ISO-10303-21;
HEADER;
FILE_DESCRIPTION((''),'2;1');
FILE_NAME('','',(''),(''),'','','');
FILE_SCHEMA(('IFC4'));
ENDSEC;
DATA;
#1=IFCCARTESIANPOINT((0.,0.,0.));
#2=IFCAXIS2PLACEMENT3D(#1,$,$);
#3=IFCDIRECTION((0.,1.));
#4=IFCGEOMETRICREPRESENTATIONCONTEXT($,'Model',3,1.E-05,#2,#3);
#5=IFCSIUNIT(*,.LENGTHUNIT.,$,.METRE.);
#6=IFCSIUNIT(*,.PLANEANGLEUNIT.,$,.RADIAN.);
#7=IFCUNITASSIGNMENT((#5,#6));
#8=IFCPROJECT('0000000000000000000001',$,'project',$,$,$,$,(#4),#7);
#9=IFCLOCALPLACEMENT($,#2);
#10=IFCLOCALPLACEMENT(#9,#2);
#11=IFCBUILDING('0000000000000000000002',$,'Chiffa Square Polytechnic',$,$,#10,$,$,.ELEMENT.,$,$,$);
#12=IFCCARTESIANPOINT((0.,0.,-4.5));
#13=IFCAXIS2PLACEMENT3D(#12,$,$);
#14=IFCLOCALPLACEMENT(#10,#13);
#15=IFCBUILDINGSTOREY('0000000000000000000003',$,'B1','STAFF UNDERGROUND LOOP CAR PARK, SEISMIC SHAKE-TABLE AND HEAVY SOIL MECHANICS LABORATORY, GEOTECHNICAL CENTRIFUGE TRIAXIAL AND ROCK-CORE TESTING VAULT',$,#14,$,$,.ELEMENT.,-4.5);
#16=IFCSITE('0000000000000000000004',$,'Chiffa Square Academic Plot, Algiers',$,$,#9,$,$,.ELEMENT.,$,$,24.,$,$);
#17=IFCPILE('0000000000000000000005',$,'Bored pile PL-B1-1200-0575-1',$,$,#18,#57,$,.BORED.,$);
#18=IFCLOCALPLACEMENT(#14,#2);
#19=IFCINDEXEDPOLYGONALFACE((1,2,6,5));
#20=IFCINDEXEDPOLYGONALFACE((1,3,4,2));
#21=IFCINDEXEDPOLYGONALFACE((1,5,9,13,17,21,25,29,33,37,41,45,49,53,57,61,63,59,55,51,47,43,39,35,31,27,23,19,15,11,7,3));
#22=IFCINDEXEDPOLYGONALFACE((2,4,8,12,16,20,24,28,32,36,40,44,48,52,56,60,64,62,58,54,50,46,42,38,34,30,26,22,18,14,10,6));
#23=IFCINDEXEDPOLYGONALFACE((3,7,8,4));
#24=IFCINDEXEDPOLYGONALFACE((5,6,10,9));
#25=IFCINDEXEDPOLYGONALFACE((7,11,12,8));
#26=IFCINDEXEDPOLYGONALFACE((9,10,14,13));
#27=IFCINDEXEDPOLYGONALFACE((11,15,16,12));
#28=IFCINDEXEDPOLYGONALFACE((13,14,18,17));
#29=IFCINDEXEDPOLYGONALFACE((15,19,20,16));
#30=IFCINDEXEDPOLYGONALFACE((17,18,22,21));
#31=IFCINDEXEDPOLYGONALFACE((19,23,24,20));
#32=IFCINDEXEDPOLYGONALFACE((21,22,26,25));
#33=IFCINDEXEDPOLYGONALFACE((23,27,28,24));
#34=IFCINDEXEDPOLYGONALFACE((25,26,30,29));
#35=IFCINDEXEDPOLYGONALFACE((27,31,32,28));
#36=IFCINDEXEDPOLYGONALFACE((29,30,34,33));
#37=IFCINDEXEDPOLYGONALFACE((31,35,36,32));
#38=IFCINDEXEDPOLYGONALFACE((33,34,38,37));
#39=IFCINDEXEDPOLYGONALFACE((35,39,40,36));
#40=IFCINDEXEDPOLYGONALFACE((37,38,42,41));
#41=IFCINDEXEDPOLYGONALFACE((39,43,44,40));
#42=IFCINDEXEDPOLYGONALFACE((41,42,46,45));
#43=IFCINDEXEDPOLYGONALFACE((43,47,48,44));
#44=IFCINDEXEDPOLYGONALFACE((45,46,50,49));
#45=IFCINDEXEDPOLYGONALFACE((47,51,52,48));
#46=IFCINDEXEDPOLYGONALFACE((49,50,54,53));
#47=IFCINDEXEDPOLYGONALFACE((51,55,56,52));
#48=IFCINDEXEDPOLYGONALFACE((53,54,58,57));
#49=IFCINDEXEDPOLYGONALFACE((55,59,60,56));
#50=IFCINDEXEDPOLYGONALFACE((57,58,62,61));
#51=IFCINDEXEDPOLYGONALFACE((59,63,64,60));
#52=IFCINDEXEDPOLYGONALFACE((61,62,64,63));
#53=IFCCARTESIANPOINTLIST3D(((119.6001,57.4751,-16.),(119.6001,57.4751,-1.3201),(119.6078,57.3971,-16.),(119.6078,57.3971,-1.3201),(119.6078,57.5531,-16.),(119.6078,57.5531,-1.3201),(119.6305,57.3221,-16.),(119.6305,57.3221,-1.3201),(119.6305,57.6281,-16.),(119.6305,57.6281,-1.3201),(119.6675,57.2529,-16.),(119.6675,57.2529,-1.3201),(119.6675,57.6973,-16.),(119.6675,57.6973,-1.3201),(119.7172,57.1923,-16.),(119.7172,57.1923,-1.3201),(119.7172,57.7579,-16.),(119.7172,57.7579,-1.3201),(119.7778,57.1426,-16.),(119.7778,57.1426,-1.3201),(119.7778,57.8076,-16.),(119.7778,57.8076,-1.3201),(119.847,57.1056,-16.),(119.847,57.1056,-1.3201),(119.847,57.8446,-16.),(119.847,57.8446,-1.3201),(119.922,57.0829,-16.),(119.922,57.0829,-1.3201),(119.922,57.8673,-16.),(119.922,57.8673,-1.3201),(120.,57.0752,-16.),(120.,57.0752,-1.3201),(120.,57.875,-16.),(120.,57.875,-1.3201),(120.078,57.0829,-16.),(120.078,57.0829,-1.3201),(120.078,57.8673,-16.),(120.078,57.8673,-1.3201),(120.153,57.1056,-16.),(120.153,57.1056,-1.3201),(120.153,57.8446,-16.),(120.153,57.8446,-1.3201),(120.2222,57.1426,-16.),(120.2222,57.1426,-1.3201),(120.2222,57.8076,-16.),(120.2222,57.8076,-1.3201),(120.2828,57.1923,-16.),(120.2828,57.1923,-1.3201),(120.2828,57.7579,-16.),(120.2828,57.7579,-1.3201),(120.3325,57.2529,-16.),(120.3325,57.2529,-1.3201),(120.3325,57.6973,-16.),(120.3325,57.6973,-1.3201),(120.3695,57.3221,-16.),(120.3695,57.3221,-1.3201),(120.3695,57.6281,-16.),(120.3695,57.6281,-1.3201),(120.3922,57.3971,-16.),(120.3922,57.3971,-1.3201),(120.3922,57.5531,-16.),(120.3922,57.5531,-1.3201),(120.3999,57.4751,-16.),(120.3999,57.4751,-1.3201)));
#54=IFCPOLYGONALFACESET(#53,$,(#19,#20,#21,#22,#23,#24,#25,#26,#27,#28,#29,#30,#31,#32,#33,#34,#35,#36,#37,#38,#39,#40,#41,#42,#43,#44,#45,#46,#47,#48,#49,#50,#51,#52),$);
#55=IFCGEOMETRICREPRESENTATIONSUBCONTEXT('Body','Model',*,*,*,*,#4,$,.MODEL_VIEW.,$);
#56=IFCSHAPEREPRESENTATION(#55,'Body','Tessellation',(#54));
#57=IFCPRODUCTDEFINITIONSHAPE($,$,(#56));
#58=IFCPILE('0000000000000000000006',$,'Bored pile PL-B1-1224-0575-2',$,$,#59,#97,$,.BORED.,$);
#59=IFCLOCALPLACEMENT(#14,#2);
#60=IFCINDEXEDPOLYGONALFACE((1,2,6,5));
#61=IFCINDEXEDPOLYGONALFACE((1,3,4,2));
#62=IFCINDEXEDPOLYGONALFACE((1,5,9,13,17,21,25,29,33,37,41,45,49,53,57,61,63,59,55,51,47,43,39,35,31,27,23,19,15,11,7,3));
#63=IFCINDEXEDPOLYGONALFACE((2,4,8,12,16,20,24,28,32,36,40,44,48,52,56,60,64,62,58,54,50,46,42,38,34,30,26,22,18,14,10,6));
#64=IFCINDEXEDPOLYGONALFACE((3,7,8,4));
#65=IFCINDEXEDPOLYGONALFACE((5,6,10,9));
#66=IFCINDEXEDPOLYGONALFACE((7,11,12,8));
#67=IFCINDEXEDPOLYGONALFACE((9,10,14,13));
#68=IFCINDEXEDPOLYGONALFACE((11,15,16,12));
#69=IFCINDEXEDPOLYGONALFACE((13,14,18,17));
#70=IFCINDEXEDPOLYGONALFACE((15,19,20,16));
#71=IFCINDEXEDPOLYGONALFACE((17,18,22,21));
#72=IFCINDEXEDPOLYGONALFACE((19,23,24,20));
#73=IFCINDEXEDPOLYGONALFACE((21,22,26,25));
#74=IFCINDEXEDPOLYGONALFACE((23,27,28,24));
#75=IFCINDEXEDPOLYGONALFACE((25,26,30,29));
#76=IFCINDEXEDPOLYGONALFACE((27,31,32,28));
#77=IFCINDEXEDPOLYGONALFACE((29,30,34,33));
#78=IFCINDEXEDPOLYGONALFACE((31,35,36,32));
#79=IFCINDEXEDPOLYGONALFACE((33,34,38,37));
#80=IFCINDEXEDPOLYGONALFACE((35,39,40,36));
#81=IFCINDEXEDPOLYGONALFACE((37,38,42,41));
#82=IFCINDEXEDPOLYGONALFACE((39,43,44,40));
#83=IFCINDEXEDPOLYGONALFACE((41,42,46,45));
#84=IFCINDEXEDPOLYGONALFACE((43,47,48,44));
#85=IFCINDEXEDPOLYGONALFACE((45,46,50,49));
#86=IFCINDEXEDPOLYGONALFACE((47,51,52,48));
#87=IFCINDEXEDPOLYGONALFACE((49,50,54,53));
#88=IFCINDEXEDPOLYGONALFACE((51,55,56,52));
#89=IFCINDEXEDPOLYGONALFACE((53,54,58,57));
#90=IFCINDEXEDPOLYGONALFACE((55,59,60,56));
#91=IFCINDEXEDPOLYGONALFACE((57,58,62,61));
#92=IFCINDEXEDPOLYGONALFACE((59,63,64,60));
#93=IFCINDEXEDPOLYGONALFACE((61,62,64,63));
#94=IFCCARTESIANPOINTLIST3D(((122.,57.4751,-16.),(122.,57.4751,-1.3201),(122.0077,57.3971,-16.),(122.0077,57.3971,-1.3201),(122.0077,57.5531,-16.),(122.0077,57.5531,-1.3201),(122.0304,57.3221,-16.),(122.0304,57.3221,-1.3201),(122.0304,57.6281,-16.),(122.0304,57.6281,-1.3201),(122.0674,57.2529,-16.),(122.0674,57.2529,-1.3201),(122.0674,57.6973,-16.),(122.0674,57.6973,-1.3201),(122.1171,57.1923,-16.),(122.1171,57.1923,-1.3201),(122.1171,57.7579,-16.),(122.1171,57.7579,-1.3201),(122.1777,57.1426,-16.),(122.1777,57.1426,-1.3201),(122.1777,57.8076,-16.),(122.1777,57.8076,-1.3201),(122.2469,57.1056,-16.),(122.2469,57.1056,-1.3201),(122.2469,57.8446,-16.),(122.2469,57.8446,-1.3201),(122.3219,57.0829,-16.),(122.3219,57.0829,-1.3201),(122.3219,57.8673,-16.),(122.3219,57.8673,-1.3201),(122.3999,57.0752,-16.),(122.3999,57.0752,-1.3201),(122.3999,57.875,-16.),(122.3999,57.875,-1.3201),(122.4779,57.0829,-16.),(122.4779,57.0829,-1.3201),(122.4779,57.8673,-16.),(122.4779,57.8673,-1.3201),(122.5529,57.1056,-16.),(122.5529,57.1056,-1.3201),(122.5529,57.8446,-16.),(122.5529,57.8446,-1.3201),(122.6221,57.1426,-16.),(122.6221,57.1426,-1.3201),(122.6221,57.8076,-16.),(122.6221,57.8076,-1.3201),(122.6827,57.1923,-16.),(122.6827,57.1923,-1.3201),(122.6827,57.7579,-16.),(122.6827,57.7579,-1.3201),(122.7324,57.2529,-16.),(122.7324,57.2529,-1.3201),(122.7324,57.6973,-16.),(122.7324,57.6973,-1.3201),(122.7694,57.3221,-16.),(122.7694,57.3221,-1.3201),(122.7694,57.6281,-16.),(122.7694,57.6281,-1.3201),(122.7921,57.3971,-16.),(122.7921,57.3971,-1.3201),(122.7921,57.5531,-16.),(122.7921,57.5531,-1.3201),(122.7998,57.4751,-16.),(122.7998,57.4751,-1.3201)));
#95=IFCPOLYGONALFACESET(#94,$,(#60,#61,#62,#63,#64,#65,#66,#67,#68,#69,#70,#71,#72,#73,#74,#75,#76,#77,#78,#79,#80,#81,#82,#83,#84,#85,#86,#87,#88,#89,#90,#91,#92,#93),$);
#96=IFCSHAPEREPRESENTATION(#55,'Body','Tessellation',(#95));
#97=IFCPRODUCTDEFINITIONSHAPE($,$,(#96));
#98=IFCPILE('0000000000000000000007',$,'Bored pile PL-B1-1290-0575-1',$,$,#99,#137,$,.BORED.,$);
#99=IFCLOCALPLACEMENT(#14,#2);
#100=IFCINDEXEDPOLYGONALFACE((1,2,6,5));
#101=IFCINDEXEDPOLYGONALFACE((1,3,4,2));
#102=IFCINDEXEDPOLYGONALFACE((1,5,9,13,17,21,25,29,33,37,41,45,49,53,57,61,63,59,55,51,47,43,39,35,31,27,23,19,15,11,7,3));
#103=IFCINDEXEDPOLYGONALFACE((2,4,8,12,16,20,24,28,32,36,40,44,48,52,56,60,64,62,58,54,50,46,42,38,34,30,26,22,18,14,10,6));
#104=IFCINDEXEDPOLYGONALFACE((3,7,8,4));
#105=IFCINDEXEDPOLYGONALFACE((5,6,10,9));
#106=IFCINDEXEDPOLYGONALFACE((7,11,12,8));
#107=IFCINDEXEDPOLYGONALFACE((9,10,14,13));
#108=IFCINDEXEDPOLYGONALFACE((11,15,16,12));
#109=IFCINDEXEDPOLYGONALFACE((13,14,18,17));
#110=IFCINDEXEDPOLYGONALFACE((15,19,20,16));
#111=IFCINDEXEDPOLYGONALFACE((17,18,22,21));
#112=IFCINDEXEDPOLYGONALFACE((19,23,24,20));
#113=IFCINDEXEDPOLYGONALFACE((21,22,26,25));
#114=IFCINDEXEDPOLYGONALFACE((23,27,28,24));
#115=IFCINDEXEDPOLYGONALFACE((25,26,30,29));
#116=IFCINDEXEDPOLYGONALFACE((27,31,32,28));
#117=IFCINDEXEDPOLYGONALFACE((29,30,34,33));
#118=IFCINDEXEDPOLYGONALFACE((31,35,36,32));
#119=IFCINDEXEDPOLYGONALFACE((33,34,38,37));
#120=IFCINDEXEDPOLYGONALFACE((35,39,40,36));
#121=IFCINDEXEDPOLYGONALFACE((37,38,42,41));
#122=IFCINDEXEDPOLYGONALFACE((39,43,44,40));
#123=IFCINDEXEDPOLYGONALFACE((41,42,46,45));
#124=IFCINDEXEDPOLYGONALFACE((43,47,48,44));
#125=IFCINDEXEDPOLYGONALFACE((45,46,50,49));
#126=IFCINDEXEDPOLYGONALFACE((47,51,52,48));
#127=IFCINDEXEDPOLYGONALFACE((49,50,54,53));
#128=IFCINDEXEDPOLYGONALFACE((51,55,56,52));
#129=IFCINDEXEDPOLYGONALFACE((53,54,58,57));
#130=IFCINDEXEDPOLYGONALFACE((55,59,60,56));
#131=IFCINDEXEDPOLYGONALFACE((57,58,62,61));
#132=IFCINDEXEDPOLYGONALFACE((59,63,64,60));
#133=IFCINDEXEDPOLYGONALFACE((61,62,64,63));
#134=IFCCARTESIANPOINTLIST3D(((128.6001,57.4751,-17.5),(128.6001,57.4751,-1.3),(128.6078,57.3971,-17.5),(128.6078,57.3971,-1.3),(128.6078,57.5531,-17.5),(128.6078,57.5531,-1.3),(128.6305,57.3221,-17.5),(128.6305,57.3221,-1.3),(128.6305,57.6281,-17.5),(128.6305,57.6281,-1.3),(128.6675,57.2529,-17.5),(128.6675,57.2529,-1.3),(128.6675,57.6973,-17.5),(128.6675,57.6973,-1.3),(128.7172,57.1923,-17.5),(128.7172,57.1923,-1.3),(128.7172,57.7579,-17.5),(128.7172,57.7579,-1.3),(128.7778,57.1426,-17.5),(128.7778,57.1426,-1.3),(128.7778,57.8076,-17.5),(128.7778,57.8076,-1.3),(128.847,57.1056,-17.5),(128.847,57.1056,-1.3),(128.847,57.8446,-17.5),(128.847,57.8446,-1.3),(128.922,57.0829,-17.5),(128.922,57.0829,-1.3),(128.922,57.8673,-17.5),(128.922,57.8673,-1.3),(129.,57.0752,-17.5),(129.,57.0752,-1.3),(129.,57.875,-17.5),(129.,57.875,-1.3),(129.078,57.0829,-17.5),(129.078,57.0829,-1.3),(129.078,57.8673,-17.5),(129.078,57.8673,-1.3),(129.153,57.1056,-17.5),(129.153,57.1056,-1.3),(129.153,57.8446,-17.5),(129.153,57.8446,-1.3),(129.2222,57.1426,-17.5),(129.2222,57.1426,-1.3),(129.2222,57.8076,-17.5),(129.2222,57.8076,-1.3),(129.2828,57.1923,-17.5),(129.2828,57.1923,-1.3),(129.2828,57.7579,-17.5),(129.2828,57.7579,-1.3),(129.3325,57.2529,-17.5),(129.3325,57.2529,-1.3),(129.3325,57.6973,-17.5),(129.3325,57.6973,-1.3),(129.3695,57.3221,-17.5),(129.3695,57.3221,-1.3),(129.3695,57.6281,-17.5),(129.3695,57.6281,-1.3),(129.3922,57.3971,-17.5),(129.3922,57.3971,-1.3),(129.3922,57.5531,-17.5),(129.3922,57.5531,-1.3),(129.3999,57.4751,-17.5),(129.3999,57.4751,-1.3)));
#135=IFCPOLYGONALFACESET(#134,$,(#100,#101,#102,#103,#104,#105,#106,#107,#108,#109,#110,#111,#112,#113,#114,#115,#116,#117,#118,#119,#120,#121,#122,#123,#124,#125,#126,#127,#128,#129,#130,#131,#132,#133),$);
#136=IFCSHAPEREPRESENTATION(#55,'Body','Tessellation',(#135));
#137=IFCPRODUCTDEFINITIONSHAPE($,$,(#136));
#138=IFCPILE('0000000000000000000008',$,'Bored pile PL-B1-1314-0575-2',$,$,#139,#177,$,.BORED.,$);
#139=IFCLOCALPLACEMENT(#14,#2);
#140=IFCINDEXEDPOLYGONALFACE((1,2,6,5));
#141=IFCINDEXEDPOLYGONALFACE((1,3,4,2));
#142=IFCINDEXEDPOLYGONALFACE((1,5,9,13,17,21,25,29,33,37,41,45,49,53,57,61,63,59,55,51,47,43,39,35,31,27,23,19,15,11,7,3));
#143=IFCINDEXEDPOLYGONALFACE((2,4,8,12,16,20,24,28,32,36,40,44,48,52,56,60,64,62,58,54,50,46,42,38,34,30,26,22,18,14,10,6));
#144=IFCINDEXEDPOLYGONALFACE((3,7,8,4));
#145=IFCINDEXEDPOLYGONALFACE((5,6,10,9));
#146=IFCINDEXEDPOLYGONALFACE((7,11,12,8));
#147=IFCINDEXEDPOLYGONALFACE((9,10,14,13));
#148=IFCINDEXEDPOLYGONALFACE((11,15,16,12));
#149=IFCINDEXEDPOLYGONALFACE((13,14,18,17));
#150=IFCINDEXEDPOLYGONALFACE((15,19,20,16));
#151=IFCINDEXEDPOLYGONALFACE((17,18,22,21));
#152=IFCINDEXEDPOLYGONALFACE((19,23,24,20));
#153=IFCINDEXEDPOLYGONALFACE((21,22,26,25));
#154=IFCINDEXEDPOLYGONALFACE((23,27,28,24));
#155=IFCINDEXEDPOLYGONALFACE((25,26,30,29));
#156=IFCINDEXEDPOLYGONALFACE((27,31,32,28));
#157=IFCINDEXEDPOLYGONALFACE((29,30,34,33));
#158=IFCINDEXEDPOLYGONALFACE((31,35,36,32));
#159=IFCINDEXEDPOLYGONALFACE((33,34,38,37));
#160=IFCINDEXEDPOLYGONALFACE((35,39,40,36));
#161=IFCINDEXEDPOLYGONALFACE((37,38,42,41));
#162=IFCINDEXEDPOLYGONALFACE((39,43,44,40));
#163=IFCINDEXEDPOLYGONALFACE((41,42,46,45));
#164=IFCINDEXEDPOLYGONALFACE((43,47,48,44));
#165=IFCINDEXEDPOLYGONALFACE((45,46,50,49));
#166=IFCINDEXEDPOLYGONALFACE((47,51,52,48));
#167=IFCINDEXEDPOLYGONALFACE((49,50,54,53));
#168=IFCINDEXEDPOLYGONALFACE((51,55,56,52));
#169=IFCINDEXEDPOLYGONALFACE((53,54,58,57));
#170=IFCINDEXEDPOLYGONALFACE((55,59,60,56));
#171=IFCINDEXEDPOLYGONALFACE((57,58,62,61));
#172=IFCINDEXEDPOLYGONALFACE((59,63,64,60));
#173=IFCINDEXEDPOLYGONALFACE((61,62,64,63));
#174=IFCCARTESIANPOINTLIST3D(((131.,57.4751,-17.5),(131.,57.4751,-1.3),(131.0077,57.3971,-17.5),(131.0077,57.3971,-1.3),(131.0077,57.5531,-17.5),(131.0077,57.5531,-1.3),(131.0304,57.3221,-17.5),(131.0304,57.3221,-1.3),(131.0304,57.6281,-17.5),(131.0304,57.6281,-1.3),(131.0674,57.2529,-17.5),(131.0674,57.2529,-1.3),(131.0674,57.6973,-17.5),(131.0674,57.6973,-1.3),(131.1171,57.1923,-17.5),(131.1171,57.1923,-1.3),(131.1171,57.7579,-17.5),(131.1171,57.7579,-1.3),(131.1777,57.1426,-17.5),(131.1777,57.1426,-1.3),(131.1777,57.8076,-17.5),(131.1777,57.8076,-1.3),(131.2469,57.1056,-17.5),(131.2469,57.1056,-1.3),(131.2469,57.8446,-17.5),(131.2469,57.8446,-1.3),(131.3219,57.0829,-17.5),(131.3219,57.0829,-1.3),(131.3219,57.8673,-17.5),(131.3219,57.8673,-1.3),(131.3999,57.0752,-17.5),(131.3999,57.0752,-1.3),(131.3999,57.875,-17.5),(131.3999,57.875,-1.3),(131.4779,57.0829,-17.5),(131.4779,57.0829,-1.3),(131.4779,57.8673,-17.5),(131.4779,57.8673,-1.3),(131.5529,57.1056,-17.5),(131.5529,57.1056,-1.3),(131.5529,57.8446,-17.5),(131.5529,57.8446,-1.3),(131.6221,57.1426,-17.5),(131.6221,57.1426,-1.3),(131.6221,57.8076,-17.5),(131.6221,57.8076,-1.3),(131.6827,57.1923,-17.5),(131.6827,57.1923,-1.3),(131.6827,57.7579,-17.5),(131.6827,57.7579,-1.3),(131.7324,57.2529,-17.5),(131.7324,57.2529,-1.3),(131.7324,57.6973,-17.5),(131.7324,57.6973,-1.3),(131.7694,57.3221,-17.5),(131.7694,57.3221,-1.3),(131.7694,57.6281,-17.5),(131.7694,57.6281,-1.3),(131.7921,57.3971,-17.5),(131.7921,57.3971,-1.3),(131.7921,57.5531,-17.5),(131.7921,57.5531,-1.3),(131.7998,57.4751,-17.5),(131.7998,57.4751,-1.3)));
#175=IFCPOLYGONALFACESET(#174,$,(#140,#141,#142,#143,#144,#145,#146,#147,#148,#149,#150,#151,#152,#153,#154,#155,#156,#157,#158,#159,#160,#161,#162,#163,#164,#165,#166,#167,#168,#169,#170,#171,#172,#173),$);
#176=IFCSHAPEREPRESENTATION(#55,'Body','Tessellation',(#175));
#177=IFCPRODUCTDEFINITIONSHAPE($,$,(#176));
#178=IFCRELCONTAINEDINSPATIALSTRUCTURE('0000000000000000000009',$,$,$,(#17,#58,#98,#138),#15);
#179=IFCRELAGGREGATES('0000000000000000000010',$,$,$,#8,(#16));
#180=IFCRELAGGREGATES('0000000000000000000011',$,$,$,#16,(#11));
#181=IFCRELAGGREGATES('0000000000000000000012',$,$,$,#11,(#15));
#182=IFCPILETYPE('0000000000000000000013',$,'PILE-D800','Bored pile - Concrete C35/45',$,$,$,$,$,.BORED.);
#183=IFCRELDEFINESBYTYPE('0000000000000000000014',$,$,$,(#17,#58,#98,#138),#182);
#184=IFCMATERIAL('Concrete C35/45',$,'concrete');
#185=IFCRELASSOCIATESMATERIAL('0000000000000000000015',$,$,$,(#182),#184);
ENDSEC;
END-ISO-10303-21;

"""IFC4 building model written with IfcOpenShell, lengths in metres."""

from ifc_helpers import new_model, si_unit, direction, frame, origin, origin_2d, place, context, subcontext, project, spatial, circle, extrude, material, material_profile, profile_set, type_object, element, save


model = new_model("IFC4")

# Units and contexts
model_context = context("Model", 3, precision=1e-05, world=origin(), true_north=direction((0.0, 1.0)))
body_context = subcontext(model_context, "Body", "Model", "MODEL_VIEW")
ifc_project = project(units=[si_unit("LENGTHUNIT", "METRE"), si_unit("PLANEANGLEUNIT", "RADIAN")], contexts=[model_context])

# Site, building, storey
site_placement = place(None, origin())
site = spatial("IfcSite", under=ifc_project, at=site_placement, Name="Chiffa Square Academic Plot, Algiers", CompositionType="ELEMENT", RefElevation=24.0)
building_placement = place(site_placement, origin())
building = spatial("IfcBuilding", under=site, at=building_placement, Name="Chiffa Square Polytechnic", CompositionType="ELEMENT")
storey_placement = place(building_placement, frame((0.0, 0.0, -4.5)))
storey = spatial("IfcBuildingStorey", under=building, at=storey_placement, Name="B1", Description="STAFF UNDERGROUND LOOP CAR PARK, SEISMIC SHAKE-TABLE AND HEAVY SOIL MECHANICS LABORATORY, GEOTECHNICAL CENTRIFUGE TRIAXIAL AND ROCK-CORE TESTING VAULT", CompositionType="ELEMENT", Elevation=-4.5)

# Shared definitions
ifc_material = material(Name="Concrete C35/45", Category="concrete")

# Piles
ifc_material_profile_1 = material_profile(ifc_material, circle(Radius=0.3999, at=origin_2d()), Name="PILE D800")
ifc_profile_set_1 = profile_set([ifc_material_profile_1], Name="Concrete C35/45")
pile_type_1 = type_object("IfcPileType", Name="PILE-D800", Description="Bored pile - Concrete C35/45", PredefinedType="BORED", material=ifc_profile_set_1)
for number, where, z_axis, x_axis, name in (
    (1, (120.0, 57.4751, -1.3201), (0.0, 0.0, -1.0), (1.0, 0.0, 0.0), "Bored pile PL-B1-1200-0575-1"),
    (2, (122.3999, 57.4751, -1.3201), (0.0, 0.0, -1.0), (1.0, 0.0, 0.0), "Bored pile PL-B1-1224-0575-2"),
):
    element("IfcPile", number, at=place(storey_placement, frame(where, z_axis=z_axis, x_axis=x_axis)), inside=storey, type_object=pile_type_1, Name=name, PredefinedType="BORED", context=body_context, shape_type="SweptSolid", body=[
        extrude(circle(Radius=0.3999, at=origin_2d()), origin(), (0.0, 0.0, 1.0), 14.6799),
    ])
for number, where, z_axis, x_axis, name in (
    (3, (129.0, 57.4751, -1.3), (0.0, 0.0, -1.0), (1.0, 0.0, 0.0), "Bored pile PL-B1-1290-0575-1"),
    (4, (131.3999, 57.4751, -1.3), (0.0, 0.0, -1.0), (1.0, 0.0, 0.0), "Bored pile PL-B1-1314-0575-2"),
):
    element("IfcPile", number, at=place(storey_placement, frame(where, z_axis=z_axis, x_axis=x_axis)), inside=storey, type_object=pile_type_1, Name=name, PredefinedType="BORED", context=body_context, shape_type="SweptSolid", body=[
        extrude(circle(Radius=0.3999, at=origin_2d()), origin(), (0.0, 0.0, 1.0), 16.2),
    ])

save(model, "model.ifc")
